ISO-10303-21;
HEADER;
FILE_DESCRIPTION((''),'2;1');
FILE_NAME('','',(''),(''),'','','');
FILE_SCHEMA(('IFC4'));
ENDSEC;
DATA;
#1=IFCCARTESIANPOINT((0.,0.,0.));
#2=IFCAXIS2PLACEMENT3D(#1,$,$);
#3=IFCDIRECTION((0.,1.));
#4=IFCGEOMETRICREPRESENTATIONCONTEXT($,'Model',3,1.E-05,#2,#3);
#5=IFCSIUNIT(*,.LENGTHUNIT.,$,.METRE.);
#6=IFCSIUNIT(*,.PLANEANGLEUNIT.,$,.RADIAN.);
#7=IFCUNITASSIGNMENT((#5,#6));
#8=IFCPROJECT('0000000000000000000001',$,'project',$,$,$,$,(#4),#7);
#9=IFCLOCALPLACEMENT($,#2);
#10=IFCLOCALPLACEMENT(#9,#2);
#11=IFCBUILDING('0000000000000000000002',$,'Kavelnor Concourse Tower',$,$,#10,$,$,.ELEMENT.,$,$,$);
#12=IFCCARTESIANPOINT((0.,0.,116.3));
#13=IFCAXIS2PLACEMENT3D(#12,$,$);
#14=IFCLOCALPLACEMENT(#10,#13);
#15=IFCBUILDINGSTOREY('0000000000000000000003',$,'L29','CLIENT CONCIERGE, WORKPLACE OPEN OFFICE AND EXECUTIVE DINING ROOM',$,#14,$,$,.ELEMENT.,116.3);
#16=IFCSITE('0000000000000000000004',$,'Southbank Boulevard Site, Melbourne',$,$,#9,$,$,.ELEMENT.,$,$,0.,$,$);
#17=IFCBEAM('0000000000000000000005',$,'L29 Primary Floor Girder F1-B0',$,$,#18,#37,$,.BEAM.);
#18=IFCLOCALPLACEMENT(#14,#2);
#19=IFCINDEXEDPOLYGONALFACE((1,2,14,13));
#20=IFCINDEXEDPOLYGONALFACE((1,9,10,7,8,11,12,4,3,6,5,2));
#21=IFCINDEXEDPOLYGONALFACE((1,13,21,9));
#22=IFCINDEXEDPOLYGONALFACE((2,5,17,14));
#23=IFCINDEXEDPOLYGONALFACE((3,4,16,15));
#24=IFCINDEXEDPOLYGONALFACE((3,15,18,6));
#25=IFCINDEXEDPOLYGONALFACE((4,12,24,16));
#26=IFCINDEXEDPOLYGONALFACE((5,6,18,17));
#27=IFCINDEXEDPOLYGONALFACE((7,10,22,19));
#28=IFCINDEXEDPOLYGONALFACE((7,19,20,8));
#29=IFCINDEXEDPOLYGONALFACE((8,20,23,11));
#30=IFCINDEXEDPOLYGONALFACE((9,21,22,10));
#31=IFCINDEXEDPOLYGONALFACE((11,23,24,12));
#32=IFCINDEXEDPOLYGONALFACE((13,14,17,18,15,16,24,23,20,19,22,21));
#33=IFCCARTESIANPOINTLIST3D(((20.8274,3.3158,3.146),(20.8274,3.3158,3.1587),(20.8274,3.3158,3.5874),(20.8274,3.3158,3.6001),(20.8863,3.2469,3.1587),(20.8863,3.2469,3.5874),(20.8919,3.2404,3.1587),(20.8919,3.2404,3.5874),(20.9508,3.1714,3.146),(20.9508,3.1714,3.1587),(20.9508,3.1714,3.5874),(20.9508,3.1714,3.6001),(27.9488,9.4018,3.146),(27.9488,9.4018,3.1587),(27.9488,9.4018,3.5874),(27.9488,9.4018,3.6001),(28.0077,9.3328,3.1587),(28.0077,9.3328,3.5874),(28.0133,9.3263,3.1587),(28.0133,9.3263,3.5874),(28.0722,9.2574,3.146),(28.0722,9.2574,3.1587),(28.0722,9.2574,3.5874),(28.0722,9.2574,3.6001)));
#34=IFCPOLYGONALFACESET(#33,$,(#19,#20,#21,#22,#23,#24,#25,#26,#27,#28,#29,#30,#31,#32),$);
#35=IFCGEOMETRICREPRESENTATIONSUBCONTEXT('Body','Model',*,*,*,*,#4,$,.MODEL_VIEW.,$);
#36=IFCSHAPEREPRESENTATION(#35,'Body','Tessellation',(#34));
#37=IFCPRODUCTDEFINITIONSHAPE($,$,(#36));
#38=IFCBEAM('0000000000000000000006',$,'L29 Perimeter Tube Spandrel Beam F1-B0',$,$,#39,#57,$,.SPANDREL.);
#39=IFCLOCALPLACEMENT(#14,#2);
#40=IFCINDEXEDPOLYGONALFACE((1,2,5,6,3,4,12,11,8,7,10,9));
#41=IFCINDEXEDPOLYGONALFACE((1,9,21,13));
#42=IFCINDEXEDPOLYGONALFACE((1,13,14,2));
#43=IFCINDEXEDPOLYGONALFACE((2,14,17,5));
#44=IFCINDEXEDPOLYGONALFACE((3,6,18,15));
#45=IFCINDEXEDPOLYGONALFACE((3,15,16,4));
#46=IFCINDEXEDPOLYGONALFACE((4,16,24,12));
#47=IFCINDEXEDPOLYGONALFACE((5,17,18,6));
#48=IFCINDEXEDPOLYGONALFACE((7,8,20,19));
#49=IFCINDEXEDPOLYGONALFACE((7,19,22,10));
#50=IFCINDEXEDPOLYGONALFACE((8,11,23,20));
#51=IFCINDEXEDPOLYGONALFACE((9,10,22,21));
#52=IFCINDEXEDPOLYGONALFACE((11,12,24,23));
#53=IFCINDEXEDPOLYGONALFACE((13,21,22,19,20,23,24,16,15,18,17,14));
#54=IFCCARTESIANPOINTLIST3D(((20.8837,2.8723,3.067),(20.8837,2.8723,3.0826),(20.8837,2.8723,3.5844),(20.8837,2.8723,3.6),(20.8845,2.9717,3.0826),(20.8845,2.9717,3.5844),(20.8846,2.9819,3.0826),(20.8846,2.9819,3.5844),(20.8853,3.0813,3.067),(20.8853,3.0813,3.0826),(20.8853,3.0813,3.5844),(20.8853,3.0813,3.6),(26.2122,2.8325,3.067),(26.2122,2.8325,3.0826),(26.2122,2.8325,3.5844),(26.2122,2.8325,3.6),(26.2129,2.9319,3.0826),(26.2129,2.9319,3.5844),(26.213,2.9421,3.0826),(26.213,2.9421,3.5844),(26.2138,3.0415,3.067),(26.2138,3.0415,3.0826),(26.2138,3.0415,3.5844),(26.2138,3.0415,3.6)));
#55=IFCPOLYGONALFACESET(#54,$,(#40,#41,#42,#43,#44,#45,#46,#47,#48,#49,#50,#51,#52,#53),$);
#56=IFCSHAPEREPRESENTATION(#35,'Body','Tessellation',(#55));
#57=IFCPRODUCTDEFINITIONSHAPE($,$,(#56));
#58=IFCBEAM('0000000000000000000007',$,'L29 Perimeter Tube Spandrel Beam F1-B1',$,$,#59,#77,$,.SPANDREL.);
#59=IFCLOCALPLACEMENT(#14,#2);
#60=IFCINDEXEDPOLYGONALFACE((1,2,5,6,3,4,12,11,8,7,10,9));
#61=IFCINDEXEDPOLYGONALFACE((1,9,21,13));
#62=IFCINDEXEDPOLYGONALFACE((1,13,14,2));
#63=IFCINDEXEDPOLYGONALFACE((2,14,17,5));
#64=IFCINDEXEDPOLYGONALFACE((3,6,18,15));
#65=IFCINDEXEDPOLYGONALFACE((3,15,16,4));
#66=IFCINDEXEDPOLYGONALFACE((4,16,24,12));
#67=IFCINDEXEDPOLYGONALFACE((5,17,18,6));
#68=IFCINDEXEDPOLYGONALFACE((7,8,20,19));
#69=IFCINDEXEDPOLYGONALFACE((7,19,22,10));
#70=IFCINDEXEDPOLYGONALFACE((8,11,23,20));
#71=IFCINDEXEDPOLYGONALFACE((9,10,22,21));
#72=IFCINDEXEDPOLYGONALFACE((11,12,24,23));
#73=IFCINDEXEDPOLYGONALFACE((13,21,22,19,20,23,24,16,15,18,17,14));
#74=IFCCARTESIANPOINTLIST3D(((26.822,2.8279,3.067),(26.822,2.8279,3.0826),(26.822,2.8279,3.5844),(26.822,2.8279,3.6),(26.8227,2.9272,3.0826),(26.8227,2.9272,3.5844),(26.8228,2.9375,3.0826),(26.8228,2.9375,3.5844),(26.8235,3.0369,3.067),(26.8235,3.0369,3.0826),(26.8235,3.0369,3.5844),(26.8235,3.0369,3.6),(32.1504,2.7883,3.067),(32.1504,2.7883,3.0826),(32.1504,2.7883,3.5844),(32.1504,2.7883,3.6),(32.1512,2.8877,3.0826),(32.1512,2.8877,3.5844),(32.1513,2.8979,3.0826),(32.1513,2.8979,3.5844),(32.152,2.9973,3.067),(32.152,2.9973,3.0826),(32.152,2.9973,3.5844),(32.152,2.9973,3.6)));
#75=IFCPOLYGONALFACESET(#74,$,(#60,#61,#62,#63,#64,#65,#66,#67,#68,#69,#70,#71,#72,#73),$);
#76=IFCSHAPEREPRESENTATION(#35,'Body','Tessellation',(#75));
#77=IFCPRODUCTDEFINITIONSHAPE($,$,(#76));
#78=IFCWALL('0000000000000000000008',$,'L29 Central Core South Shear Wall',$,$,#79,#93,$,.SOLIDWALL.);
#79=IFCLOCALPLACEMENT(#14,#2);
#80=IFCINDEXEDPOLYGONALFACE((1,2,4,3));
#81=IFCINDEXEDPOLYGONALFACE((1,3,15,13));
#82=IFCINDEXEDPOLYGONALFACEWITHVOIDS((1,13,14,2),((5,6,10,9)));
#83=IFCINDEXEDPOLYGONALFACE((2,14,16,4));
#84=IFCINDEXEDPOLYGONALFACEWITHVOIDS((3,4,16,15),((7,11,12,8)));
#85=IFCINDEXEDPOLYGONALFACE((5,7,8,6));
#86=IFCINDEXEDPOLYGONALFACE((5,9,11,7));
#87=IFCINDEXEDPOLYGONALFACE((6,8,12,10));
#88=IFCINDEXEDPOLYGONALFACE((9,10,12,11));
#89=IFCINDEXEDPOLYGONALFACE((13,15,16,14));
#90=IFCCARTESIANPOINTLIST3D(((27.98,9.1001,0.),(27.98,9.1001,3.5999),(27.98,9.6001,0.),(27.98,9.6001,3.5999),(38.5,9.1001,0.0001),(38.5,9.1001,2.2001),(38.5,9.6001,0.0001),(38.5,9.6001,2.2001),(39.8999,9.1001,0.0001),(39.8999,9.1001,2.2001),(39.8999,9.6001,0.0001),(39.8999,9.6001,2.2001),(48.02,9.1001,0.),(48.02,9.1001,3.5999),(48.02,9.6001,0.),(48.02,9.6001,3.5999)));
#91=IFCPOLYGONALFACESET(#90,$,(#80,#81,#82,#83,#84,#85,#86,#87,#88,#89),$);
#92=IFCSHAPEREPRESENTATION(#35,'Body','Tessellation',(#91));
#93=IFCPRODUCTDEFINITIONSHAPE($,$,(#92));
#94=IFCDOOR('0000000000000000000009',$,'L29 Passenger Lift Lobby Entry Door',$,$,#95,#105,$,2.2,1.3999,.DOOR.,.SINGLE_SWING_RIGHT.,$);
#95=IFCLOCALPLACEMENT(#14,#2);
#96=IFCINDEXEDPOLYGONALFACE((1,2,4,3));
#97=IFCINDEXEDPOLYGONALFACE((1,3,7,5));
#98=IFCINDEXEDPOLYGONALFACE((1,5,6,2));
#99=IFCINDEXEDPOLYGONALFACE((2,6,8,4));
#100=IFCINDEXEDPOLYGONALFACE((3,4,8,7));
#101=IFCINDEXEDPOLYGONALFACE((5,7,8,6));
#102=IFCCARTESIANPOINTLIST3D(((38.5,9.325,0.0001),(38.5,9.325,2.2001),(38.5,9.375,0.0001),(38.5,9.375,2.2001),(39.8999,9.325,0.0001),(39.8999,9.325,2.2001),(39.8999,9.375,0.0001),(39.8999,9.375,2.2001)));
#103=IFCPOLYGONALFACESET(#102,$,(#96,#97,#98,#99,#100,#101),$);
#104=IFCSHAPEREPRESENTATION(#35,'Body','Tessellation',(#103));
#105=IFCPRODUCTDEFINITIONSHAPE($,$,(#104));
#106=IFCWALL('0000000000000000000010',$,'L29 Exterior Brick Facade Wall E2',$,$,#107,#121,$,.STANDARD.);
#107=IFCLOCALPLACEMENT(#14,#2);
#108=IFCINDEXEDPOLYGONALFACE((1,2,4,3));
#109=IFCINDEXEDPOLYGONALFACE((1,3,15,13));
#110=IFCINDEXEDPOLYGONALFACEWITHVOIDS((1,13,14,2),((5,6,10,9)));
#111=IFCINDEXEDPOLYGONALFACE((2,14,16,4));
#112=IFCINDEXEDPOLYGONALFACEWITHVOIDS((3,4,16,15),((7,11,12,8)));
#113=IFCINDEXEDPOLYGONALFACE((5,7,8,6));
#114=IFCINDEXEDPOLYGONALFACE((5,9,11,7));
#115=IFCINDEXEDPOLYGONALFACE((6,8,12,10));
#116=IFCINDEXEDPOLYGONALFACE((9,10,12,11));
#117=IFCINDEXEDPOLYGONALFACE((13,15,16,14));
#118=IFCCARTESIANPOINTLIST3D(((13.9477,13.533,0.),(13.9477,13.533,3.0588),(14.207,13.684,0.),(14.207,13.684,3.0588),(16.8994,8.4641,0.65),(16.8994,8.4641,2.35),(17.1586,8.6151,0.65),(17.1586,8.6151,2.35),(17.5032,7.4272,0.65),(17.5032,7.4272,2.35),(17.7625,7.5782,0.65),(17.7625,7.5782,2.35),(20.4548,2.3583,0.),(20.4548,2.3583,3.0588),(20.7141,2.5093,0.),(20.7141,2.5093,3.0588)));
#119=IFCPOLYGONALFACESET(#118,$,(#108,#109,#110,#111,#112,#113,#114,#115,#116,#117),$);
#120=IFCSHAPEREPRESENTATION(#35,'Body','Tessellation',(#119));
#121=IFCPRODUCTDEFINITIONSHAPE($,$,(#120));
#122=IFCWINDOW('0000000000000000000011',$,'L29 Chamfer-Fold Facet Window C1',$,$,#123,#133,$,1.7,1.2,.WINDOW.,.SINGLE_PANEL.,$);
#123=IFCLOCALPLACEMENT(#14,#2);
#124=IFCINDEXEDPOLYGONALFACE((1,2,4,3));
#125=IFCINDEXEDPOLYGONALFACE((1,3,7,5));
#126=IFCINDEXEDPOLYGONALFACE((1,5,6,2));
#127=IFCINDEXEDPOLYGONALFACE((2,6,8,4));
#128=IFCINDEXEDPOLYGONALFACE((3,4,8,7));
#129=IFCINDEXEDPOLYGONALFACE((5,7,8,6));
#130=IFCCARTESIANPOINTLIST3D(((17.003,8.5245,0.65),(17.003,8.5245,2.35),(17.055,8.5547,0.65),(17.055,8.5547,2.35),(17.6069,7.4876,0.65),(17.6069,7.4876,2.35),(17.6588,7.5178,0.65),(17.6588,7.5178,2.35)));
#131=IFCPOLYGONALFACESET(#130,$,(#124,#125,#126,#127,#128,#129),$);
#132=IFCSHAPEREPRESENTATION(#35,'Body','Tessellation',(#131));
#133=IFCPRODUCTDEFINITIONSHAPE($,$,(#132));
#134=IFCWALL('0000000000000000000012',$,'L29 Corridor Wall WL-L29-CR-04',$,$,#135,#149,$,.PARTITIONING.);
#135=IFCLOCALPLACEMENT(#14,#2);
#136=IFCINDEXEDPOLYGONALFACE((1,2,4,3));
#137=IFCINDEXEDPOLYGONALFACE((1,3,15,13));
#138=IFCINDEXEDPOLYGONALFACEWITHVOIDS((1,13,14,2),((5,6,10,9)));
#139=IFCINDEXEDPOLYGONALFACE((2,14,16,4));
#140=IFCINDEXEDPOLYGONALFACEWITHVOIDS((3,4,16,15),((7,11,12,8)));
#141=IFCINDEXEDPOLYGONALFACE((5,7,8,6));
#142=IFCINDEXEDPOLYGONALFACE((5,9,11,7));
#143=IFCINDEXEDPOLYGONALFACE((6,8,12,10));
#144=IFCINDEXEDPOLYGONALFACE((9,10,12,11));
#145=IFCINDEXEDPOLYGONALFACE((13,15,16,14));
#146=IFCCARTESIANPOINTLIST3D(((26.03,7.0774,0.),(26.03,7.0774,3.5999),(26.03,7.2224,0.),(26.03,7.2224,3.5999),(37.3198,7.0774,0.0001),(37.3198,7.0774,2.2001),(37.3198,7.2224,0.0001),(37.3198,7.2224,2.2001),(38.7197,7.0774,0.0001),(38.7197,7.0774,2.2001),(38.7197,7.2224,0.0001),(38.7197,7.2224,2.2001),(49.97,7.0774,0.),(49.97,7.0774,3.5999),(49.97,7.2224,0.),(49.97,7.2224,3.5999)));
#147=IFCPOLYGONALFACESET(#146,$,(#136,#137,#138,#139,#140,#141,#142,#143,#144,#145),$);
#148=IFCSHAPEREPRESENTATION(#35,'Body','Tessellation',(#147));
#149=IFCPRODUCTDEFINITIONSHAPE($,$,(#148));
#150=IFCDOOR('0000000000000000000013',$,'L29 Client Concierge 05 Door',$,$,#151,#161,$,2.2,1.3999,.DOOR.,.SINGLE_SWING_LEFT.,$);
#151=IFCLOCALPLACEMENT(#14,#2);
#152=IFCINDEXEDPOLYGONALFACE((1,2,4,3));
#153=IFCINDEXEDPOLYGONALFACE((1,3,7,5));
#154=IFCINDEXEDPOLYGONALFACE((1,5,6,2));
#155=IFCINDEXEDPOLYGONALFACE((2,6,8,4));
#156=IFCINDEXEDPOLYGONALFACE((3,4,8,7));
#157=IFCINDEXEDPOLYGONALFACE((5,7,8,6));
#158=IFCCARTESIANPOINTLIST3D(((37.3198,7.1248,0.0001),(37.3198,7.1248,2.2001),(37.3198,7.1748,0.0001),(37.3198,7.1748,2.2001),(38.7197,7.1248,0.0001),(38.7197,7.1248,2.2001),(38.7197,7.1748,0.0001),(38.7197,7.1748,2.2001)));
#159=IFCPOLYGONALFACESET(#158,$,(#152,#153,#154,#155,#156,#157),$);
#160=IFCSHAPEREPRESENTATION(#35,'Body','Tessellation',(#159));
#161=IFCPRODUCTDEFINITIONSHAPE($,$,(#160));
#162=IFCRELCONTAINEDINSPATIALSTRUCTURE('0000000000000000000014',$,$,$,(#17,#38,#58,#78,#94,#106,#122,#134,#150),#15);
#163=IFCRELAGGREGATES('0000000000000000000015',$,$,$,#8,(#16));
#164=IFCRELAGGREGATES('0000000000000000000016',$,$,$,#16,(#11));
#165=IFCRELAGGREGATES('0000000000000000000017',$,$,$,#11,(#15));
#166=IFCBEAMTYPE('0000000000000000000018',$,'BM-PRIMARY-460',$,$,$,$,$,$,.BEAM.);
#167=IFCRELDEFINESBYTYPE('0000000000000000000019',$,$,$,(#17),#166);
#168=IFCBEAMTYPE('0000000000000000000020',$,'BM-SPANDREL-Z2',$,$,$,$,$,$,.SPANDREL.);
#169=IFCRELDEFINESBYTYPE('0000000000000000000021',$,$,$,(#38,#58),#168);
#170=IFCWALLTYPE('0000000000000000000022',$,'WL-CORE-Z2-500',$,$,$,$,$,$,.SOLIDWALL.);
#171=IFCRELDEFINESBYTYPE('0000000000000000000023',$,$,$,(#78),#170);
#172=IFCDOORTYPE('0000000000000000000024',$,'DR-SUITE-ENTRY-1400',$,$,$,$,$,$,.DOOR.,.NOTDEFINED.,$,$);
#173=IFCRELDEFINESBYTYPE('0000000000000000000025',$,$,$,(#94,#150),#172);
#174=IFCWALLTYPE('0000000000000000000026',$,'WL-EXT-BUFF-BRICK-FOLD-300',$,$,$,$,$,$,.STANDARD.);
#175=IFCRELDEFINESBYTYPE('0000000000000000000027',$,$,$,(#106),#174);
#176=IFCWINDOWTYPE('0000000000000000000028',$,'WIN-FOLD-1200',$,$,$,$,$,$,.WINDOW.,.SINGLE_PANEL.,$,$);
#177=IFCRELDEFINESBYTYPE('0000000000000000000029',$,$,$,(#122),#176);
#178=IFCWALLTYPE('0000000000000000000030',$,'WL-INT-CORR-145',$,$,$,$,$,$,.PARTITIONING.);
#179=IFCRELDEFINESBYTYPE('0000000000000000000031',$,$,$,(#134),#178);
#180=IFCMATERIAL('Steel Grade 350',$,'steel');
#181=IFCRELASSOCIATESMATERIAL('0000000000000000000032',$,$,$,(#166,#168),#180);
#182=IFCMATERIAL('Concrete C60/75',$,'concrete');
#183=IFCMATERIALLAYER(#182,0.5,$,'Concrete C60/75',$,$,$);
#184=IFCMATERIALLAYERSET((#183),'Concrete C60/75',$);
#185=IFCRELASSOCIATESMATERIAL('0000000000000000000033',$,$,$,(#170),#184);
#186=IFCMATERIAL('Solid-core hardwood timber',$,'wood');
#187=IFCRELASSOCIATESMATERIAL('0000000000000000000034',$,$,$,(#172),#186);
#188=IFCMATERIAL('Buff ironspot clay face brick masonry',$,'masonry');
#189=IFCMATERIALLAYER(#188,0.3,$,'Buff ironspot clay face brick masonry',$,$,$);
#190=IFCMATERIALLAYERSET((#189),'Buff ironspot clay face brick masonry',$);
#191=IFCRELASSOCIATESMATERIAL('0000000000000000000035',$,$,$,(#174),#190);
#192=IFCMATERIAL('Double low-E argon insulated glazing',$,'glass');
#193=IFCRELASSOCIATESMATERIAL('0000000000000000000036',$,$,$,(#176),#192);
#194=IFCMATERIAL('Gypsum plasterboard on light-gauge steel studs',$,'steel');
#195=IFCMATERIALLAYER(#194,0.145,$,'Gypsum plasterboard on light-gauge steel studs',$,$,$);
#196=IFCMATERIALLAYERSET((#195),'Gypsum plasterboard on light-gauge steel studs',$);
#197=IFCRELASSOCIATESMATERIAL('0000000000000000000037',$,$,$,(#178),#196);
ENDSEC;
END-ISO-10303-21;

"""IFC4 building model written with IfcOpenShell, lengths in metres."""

from ifc_helpers import new_model, si_unit, direction, frame, frame_2d, origin, origin_2d, place, context, subcontext, project, spatial, rectangle, i_section, extrude, material, layer, layer_set, material_profile, profile_set, type_object, element, fill, save


model = new_model("IFC4")

# Units and contexts
model_context = context("Model", 3, precision=1e-05, world=origin(), true_north=direction((0.0, 1.0)))
body_context = subcontext(model_context, "Body", "Model", "MODEL_VIEW")
ifc_project = project(units=[si_unit("LENGTHUNIT", "METRE"), si_unit("PLANEANGLEUNIT", "RADIAN")], contexts=[model_context])

# Site, building, storey
site_placement = place(None, origin())
site = spatial("IfcSite", under=ifc_project, at=site_placement, Name="Southbank Boulevard Site, Melbourne", CompositionType="ELEMENT", RefElevation=0.0)
building_placement = place(site_placement, origin())
building = spatial("IfcBuilding", under=site, at=building_placement, Name="Kavelnor Concourse Tower", CompositionType="ELEMENT")
storey_placement = place(building_placement, frame((0.0, 0.0, 116.3)))
storey = spatial("IfcBuildingStorey", under=building, at=storey_placement, Name="L29", Description="CLIENT CONCIERGE, WORKPLACE OPEN OFFICE AND EXECUTIVE DINING ROOM", CompositionType="ELEMENT", Elevation=116.3)

# Shared definitions
ifc_material_1 = material(Name="Steel Grade 350", Category="steel")

# Beams
ifc_material_profile_1 = material_profile(ifc_material_1, i_section(OverallWidth=0.1899, OverallDepth=0.4541, WebThickness=0.0085, FlangeThickness=0.0127, at=origin_2d()), Name="460UB67")
ifc_profile_set_1 = profile_set([ifc_material_profile_1], Name="Steel Grade 350")
beam_type_1 = type_object("IfcBeamType", Name="BM-PRIMARY-460", PredefinedType="BEAM", material=ifc_profile_set_1)
beam_1_placement = place(storey_placement, frame((28.0105, 9.3296, 3.373), z_axis=(-0.760209, -0.649679, 0.0), x_axis=(0.649679, -0.760209, 0.0)))
element("IfcBeam", 1, at=beam_1_placement, inside=storey, type_object=beam_type_1, Name="L29 Primary Floor Girder F1-B0", PredefinedType="BEAM", context=body_context, shape_type="SweptSolid", body=[
    extrude(i_section(OverallWidth=0.1899, OverallDepth=0.4541, WebThickness=0.0085, FlangeThickness=0.0127, at=origin_2d()), origin(), (0.0, 0.0, 1.0), 9.3677),
])
ifc_material_profile_2 = material_profile(ifc_material_1, i_section(OverallWidth=0.209, OverallDepth=0.533, WebThickness=0.0103, FlangeThickness=0.0156, at=origin_2d()), Name="530UB92")
ifc_profile_set_2 = profile_set([ifc_material_profile_2], Name="Steel Grade 350")
beam_type_2 = type_object("IfcBeamType", Name="BM-SPANDREL-Z2", PredefinedType="SPANDREL", material=ifc_profile_set_2)
for number, where, z_axis, x_axis, name in (
    (2, (20.8845, 2.9768, 3.3335), (0.999972, -0.007468, 0.0), (0.007468, 0.999972, 0.0), "L29 Perimeter Tube Spandrel Beam F1-B0"),
    (3, (26.8228, 2.9324, 3.3335), (0.999972, -0.007422, 0.0), (0.007422, 0.999972, 0.0), "L29 Perimeter Tube Spandrel Beam F1-B1"),
):
    element("IfcBeam", number, at=place(storey_placement, frame(where, z_axis=z_axis, x_axis=x_axis)), inside=storey, type_object=beam_type_2, Name=name, PredefinedType="SPANDREL", context=body_context, shape_type="SweptSolid", body=[
        extrude(i_section(OverallWidth=0.209, OverallDepth=0.533, WebThickness=0.0103, FlangeThickness=0.0156, at=origin_2d()), origin(), (0.0, 0.0, 1.0), 5.3286),
    ])

# Wall, opening, door
ifc_material_2 = material(Name="Concrete C60/75", Category="concrete")
ifc_layer_1 = layer(ifc_material_2, 0.5, Name="Concrete C60/75")
ifc_layer_set_1 = layer_set([ifc_layer_1], Name="Concrete C60/75")
wall_type_1 = type_object("IfcWallType", Name="WL-CORE-Z2-500", PredefinedType="SOLIDWALL", material=ifc_layer_set_1)
wall_1_placement = place(storey_placement, frame((27.98, 9.3501, 0.0), z_axis=(0.0, 0.0, 1.0), x_axis=(1.0, 0.0, 0.0)))
wall_1 = element("IfcWall", 4, at=wall_1_placement, inside=storey, type_object=wall_type_1, Name="L29 Central Core South Shear Wall", PredefinedType="SOLIDWALL", context=body_context, shape_type="SweptSolid", body=[
    extrude(rectangle(XDim=20.04, YDim=0.5, at=frame_2d((10.02, 0.0))), origin(), (0.0, 0.0, 1.0), 3.5999),
])
opening_1_placement = place(wall_1_placement, frame((10.52, 0.0, 0.0)))
opening_1 = element("IfcOpeningElement", 5, at=opening_1_placement, cuts=wall_1, PredefinedType="OPENING", context=body_context, shape_type="SweptSolid", body=[
    extrude(rectangle(XDim=1.3999, YDim=2.2, at=frame_2d((0.7, 1.1001))), frame((0.0, 0.26, 0.0), z_axis=(0.0, -1.0, 0.0), x_axis=(1.0, 0.0, 0.0)), (0.0, 0.0, 1.0), 0.52),
])
ifc_material_3 = material(Name="Solid-core hardwood timber", Category="wood")
door_type = type_object("IfcDoorType", Name="DR-SUITE-ENTRY-1400", OperationType="NOTDEFINED", PredefinedType="DOOR", material=ifc_material_3)
door_1_placement = place(opening_1_placement, origin())
door_1 = element("IfcDoor", 6, at=door_1_placement, inside=storey, type_object=door_type, Name="L29 Passenger Lift Lobby Entry Door", OperationType="SINGLE_SWING_RIGHT", OverallHeight=2.2, OverallWidth=1.3999, PredefinedType="DOOR", context=body_context, shape_type="SweptSolid", body=[
    extrude(rectangle(XDim=1.3999, YDim=2.2, at=frame_2d((0.7, 1.1001))), frame((0.0, 0.0249, 0.0), z_axis=(0.0, -1.0, 0.0), x_axis=(1.0, 0.0, 0.0)), (0.0, 0.0, 1.0), 0.05),
])
fill(opening_1, door_1)

# Wall, opening, window
ifc_material_4 = material(Name="Buff ironspot clay face brick masonry", Category="masonry")
ifc_layer_2 = layer(ifc_material_4, 0.3, Name="Buff ironspot clay face brick masonry")
ifc_layer_set_2 = layer_set([ifc_layer_2], Name="Buff ironspot clay face brick masonry")
wall_type_2 = type_object("IfcWallType", Name="WL-EXT-BUFF-BRICK-FOLD-300", PredefinedType="STANDARD", material=ifc_layer_set_2)
wall_2_placement = place(storey_placement, frame((20.5845, 2.4338, 0.0), z_axis=(0.0, 0.0, 1.0), x_axis=(-0.503212, 0.864163, 0.0)))
wall_2 = element("IfcWall", 7, at=wall_2_placement, inside=storey, type_object=wall_type_2, Name="L29 Exterior Brick Facade Wall E2", PredefinedType="STANDARD", context=body_context, shape_type="SweptSolid", body=[
    extrude(rectangle(XDim=12.9312, YDim=0.3, at=frame_2d((6.4656, 0.0))), origin(), (0.0, 0.0, 1.0), 3.0588),
])
opening_2_placement = place(wall_2_placement, frame((5.8655, 0.0, 0.6499)))
opening_2 = element("IfcOpeningElement", 8, at=opening_2_placement, cuts=wall_2, PredefinedType="OPENING", context=body_context, shape_type="SweptSolid", body=[
    extrude(rectangle(XDim=1.2, YDim=1.7, at=frame_2d((0.6001, 0.8501))), frame((0.0, 0.1602, 0.0), z_axis=(0.0, -1.0, 0.0), x_axis=(1.0, 0.0, 0.0)), (0.0, 0.0, 1.0), 0.3201),
])
ifc_material_5 = material(Name="Double low-E argon insulated glazing", Category="glass")
window_type = type_object("IfcWindowType", Name="WIN-FOLD-1200", PartitioningType="SINGLE_PANEL", PredefinedType="WINDOW", material=ifc_material_5)
window_placement = place(opening_2_placement, origin())
window = element("IfcWindow", 9, at=window_placement, inside=storey, type_object=window_type, Name="L29 Chamfer-Fold Facet Window C1", OverallHeight=1.7, OverallWidth=1.2, PartitioningType="SINGLE_PANEL", PredefinedType="WINDOW", context=body_context, shape_type="SweptSolid", body=[
    extrude(rectangle(XDim=1.2, YDim=1.7, at=frame_2d((0.6001, 0.8501))), frame((0.0, 0.03, 0.0), z_axis=(0.0, -1.0, 0.0), x_axis=(1.0, 0.0, 0.0)), (0.0, 0.0, 1.0), 0.0601),
])
fill(opening_2, window)

# Wall, opening, door
ifc_material_6 = material(Name="Gypsum plasterboard on light-gauge steel studs", Category="steel")
ifc_layer_3 = layer(ifc_material_6, 0.145, Name="Gypsum plasterboard on light-gauge steel studs")
ifc_layer_set_3 = layer_set([ifc_layer_3], Name="Gypsum plasterboard on light-gauge steel studs")
wall_type_3 = type_object("IfcWallType", Name="WL-INT-CORR-145", PredefinedType="PARTITIONING", material=ifc_layer_set_3)
wall_3_placement = place(storey_placement, frame((26.03, 7.1499, 0.0), z_axis=(0.0, 0.0, 1.0), x_axis=(1.0, 0.0, 0.0)))
wall_3 = element("IfcWall", 10, at=wall_3_placement, inside=storey, type_object=wall_type_3, Name="L29 Corridor Wall WL-L29-CR-04", PredefinedType="PARTITIONING", context=body_context, shape_type="SweptSolid", body=[
    extrude(rectangle(XDim=23.9399, YDim=0.145, at=frame_2d((11.97, 0.0))), origin(), (0.0, 0.0, 1.0), 3.5999),
])
opening_3_placement = place(wall_3_placement, frame((11.2898, 0.0, 0.0)))
opening_3 = element("IfcOpeningElement", 11, at=opening_3_placement, cuts=wall_3, PredefinedType="OPENING", context=body_context, shape_type="SweptSolid", body=[
    extrude(rectangle(XDim=1.3999, YDim=2.2, at=frame_2d((0.7, 1.1001))), frame((0.0, 0.0825, 0.0), z_axis=(0.0, -1.0, 0.0), x_axis=(1.0, 0.0, 0.0)), (0.0, 0.0, 1.0), 0.165),
])
door_2_placement = place(opening_3_placement, origin())
door_2 = element("IfcDoor", 12, at=door_2_placement, inside=storey, type_object=door_type, Name="L29 Client Concierge 05 Door", OperationType="SINGLE_SWING_LEFT", OverallHeight=2.2, OverallWidth=1.3999, PredefinedType="DOOR", context=body_context, shape_type="SweptSolid", body=[
    extrude(rectangle(XDim=1.3999, YDim=2.2, at=frame_2d((0.7, 1.1001))), frame((0.0, 0.0249, 0.0), z_axis=(0.0, -1.0, 0.0), x_axis=(1.0, 0.0, 0.0)), (0.0, 0.0, 1.0), 0.05),
])
fill(opening_3, door_2)

save(model, "model.ifc")
